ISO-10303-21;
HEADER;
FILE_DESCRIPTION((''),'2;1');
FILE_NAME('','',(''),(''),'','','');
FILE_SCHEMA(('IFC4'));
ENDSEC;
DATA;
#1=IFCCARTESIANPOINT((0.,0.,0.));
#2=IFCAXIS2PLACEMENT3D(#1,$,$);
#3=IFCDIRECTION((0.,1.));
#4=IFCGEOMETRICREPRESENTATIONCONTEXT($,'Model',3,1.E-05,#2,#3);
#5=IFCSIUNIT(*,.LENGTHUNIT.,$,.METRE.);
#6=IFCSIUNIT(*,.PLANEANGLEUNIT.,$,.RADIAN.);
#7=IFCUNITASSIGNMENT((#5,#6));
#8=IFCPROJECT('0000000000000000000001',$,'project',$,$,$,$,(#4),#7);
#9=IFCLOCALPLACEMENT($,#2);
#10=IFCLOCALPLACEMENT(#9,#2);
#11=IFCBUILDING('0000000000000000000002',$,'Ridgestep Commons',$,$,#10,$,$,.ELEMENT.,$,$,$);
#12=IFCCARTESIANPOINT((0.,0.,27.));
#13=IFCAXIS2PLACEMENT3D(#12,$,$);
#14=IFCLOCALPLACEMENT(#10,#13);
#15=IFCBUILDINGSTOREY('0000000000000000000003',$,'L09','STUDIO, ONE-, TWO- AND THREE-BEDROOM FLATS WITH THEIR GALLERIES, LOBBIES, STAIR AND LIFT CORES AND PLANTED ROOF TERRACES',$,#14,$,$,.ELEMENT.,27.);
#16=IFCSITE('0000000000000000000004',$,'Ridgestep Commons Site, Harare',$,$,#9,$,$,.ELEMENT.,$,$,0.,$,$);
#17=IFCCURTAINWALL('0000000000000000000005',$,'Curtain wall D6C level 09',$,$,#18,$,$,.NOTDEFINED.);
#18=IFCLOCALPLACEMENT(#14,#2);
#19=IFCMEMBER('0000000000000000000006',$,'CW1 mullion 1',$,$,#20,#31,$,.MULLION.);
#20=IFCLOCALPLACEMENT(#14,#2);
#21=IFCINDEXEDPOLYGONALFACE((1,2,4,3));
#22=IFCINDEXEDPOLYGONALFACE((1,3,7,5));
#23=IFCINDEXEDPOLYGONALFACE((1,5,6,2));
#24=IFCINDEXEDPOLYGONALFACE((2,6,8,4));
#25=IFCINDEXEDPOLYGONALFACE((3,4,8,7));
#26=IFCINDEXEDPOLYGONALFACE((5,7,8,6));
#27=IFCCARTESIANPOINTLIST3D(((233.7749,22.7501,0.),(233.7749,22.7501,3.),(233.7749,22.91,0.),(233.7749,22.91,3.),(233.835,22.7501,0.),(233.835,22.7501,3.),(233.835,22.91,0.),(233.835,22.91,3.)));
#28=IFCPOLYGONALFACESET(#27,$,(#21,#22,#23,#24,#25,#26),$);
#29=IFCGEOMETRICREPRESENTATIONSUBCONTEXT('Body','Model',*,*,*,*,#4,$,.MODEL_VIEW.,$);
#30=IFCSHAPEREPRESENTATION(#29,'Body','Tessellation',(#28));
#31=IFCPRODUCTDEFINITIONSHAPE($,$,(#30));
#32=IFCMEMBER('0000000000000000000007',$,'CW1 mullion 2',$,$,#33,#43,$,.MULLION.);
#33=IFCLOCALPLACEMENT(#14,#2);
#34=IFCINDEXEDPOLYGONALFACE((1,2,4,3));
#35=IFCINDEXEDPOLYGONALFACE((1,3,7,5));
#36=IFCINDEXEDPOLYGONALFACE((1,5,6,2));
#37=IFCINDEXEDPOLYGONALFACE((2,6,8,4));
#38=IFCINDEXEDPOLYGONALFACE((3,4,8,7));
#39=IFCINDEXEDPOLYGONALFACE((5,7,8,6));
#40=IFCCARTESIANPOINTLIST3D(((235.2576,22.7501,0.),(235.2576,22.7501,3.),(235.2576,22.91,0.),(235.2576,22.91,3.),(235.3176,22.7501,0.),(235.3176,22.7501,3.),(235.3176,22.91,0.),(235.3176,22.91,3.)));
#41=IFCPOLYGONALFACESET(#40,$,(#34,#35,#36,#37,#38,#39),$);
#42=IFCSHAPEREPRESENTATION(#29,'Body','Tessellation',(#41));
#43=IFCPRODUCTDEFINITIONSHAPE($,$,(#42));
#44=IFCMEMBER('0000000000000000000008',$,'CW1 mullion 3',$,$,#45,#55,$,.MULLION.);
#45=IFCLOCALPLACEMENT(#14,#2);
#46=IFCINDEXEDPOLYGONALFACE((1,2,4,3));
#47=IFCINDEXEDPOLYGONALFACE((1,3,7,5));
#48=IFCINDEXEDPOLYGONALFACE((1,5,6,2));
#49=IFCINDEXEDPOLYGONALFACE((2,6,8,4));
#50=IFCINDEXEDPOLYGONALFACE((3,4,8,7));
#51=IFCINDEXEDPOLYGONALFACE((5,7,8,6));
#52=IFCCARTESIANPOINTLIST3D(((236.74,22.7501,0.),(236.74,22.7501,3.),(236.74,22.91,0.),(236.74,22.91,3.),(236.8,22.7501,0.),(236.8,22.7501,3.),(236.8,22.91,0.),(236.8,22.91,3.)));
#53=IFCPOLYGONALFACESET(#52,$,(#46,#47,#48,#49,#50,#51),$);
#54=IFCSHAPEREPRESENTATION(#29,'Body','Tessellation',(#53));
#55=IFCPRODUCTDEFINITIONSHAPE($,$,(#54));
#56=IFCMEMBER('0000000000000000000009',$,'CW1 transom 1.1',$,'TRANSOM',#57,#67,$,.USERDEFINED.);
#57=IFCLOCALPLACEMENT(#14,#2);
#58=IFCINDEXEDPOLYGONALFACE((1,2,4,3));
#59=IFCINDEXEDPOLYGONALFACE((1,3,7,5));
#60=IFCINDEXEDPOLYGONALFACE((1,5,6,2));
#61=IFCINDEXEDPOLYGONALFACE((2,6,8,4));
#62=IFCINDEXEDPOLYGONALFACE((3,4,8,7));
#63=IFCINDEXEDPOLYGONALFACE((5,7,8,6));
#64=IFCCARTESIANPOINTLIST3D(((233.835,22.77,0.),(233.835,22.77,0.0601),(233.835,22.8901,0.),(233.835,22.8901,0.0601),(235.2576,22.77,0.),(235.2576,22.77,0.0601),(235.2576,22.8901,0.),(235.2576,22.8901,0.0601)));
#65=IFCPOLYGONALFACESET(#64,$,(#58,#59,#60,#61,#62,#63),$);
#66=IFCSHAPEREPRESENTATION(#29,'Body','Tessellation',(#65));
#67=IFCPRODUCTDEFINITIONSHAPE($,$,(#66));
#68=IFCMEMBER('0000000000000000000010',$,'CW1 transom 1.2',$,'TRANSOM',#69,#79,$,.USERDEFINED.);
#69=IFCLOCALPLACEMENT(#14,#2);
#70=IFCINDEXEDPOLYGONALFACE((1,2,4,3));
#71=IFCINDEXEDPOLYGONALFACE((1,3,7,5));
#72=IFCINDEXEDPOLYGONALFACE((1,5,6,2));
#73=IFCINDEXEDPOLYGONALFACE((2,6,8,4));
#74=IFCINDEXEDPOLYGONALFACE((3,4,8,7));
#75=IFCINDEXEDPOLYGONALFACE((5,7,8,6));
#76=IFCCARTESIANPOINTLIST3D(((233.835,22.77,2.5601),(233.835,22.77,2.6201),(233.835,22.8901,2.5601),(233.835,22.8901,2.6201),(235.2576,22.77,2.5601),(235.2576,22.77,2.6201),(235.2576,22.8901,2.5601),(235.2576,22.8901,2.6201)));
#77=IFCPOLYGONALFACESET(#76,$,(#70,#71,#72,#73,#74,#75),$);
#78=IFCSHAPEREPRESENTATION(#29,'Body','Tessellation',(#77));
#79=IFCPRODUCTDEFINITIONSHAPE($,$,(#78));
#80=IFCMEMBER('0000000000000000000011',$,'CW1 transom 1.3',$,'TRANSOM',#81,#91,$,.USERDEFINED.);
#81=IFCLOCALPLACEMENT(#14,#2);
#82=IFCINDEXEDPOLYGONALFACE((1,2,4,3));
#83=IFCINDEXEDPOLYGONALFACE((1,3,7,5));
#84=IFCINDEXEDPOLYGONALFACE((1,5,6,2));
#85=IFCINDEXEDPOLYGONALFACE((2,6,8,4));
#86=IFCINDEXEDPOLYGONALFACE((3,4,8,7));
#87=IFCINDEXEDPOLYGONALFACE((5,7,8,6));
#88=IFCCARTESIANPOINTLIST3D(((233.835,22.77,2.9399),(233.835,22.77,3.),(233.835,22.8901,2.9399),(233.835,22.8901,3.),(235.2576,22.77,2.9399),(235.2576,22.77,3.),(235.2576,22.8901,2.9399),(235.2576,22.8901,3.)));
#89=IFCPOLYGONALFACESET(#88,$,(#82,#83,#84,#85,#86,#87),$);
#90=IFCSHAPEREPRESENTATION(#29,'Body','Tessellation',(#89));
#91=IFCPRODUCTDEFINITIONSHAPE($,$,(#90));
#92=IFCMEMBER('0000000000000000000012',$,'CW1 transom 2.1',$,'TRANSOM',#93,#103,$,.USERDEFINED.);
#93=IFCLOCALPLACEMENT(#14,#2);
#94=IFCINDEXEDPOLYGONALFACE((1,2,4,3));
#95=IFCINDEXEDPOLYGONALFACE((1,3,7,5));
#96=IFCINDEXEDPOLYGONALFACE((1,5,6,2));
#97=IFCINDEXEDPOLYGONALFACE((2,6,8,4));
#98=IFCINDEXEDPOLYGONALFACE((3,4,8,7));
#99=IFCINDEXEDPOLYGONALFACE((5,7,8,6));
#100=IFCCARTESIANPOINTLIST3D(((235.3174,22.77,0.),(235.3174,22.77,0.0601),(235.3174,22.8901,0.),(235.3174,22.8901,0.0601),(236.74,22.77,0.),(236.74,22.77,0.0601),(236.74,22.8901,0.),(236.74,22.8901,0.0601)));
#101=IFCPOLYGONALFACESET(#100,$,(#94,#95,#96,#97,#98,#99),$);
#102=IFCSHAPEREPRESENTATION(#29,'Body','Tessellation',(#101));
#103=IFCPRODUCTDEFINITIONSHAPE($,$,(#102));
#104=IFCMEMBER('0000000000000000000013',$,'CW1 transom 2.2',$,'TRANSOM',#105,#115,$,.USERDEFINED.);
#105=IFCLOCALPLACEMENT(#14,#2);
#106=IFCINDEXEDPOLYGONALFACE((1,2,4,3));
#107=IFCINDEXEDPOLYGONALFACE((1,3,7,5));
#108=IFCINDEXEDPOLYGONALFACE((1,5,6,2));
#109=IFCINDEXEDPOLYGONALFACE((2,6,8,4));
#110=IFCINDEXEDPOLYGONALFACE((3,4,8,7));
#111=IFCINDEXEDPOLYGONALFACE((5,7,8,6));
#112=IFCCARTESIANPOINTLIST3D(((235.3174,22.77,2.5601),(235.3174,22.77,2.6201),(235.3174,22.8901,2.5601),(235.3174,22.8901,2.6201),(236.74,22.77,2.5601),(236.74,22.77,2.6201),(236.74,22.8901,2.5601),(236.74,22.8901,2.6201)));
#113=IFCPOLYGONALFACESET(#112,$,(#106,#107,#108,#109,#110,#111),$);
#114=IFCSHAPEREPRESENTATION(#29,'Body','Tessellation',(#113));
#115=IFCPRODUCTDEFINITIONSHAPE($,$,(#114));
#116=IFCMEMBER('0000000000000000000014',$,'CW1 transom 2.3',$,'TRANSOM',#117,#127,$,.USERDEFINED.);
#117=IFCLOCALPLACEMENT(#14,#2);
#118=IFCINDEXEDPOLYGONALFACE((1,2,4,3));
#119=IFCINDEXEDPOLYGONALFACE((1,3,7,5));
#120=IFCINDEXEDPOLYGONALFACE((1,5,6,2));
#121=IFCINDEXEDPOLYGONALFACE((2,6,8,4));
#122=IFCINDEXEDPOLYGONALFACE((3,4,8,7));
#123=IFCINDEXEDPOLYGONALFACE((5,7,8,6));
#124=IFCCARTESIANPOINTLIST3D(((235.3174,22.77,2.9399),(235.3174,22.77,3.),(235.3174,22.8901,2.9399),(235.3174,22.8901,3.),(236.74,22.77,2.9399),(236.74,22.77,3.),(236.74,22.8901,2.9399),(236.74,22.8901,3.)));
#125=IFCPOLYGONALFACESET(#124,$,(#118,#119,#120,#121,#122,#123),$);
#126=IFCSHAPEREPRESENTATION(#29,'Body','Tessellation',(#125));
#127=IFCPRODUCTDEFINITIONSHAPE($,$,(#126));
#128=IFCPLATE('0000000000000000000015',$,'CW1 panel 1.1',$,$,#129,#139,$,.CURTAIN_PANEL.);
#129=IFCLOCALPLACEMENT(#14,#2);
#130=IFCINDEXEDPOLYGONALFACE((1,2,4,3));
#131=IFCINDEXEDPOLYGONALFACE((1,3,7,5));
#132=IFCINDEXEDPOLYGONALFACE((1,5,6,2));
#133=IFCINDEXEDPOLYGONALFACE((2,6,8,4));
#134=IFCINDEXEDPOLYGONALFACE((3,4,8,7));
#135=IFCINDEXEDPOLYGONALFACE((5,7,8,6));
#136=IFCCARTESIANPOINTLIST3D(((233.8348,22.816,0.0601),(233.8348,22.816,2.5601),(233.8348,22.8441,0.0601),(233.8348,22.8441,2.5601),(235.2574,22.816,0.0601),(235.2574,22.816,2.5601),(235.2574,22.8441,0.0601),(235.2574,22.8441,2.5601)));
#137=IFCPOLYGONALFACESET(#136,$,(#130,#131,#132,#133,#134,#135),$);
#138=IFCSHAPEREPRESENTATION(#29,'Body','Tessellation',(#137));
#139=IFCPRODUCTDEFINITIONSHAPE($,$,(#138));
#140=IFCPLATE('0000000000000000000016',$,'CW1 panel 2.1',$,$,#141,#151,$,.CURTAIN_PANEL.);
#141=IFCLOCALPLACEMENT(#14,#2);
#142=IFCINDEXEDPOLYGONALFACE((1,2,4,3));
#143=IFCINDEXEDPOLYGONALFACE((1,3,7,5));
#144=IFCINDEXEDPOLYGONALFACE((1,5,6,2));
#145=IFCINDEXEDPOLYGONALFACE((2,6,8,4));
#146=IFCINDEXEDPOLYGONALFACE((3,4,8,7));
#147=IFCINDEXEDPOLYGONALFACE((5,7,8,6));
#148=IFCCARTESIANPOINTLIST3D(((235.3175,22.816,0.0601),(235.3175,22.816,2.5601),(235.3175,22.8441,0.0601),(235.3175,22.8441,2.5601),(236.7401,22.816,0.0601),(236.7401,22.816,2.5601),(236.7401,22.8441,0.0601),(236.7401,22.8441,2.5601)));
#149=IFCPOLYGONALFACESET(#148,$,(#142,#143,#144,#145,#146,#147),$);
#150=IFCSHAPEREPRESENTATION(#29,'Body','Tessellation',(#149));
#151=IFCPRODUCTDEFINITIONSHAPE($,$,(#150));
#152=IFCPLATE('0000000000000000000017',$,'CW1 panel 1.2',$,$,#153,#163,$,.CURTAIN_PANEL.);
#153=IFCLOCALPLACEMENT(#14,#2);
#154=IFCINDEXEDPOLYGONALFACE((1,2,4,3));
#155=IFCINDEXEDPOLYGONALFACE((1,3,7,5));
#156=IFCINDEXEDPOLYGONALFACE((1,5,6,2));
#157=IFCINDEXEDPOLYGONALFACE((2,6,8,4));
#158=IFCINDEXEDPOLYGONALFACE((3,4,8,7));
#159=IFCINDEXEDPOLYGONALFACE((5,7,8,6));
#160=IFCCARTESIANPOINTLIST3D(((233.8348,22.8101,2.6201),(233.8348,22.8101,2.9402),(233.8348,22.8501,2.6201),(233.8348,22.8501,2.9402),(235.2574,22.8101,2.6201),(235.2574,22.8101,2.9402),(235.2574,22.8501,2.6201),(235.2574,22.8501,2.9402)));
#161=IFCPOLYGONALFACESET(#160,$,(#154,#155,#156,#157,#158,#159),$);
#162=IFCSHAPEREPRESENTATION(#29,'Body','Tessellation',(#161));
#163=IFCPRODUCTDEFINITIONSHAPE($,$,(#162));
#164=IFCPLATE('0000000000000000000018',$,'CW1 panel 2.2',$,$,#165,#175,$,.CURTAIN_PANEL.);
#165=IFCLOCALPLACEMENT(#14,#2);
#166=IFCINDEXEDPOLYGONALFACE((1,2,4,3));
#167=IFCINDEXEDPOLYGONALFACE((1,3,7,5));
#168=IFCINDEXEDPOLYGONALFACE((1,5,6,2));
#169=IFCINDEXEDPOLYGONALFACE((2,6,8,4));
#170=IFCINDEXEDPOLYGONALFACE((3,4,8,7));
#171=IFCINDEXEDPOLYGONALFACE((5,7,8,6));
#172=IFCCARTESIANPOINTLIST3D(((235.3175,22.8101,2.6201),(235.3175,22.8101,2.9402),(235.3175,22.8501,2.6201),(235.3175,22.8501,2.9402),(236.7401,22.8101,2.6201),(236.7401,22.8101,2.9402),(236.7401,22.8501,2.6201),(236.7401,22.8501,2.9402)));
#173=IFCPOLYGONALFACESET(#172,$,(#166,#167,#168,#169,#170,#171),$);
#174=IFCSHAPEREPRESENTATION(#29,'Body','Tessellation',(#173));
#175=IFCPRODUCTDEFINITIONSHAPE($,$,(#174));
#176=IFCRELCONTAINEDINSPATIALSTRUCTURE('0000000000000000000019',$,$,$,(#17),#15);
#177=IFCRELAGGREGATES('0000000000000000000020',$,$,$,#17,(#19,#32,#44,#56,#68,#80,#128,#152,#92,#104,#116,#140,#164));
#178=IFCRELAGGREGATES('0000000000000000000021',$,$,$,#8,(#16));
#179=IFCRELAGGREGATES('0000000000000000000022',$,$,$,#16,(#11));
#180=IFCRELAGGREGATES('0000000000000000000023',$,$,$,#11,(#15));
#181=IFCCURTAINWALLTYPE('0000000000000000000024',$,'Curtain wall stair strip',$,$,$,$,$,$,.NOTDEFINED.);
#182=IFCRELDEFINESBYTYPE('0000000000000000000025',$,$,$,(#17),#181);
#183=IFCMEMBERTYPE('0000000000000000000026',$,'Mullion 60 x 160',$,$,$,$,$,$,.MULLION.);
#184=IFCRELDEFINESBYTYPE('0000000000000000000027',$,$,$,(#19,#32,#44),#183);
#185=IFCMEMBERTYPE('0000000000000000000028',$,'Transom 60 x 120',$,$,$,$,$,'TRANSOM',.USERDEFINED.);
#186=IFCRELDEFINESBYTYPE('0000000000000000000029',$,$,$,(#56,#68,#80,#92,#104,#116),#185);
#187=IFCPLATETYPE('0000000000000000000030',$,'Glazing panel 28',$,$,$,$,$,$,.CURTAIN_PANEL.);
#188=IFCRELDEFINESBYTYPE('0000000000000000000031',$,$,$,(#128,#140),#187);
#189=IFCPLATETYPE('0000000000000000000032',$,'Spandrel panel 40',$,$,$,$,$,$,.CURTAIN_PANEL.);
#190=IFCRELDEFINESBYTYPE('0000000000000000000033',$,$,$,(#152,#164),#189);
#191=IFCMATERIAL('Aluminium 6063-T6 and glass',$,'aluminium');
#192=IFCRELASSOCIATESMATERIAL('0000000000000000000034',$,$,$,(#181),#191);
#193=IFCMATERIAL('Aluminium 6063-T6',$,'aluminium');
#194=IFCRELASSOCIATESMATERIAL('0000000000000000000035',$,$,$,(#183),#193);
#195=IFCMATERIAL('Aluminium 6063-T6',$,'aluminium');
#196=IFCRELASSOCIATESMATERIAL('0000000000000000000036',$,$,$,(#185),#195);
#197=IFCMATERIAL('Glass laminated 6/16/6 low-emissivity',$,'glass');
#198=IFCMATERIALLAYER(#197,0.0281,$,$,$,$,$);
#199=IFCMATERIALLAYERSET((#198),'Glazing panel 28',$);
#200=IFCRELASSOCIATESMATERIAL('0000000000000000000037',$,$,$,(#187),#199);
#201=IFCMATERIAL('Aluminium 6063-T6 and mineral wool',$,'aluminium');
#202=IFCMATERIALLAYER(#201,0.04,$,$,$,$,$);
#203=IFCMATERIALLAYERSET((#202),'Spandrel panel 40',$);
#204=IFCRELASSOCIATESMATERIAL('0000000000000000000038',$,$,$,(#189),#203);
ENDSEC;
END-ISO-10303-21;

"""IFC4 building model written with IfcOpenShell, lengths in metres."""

from ifc_helpers import new_model, si_unit, direction, frame, origin, origin_2d, place, context, subcontext, project, spatial, rectangle, extrude, material, layer, layer_set, material_profile, profile_set, type_object, element, aggregate, save


model = new_model("IFC4")

# Units and contexts
model_context = context("Model", 3, precision=1e-05, world=origin(), true_north=direction((0.0, 1.0)))
body_context = subcontext(model_context, "Body", "Model", "MODEL_VIEW")
ifc_project = project(units=[si_unit("LENGTHUNIT", "METRE"), si_unit("PLANEANGLEUNIT", "RADIAN")], contexts=[model_context])

# Site, building, storey
site_placement = place(None, origin())
site = spatial("IfcSite", under=ifc_project, at=site_placement, Name="Ridgestep Commons Site, Harare", CompositionType="ELEMENT", RefElevation=0.0)
building_placement = place(site_placement, origin())
building = spatial("IfcBuilding", under=site, at=building_placement, Name="Ridgestep Commons", CompositionType="ELEMENT")
storey_placement = place(building_placement, frame((0.0, 0.0, 27.0)))
storey = spatial("IfcBuildingStorey", under=building, at=storey_placement, Name="L09", Description="STUDIO, ONE-, TWO- AND THREE-BEDROOM FLATS WITH THEIR GALLERIES, LOBBIES, STAIR AND LIFT CORES AND PLANTED ROOF TERRACES", CompositionType="ELEMENT", Elevation=27.0)

# Curtain wall, members, plates
ifc_material_1 = material(Name="Aluminium 6063-T6 and glass", Category="aluminium")
curtain_wall_type = type_object("IfcCurtainWallType", Name="Curtain wall stair strip", PredefinedType="NOTDEFINED", material=ifc_material_1)
curtain_wall_placement = place(storey_placement, origin())
curtain_wall = element("IfcCurtainWall", 1, at=curtain_wall_placement, inside=storey, type_object=curtain_wall_type, Name="Curtain wall D6C level 09", PredefinedType="NOTDEFINED")
ifc_material_2 = material(Name="Aluminium 6063-T6", Category="aluminium")
ifc_material_profile_1 = material_profile(ifc_material_2, rectangle(XDim=0.1599, YDim=0.0601, at=origin_2d()), Name="Mullion 60 x 160")
ifc_profile_set_1 = profile_set([ifc_material_profile_1], Name="Aluminium 6063-T6")
member_type_1 = type_object("IfcMemberType", Name="Mullion 60 x 160", PredefinedType="MULLION", material=ifc_profile_set_1)
member_1_placement = place(storey_placement, frame((233.8049, 22.8301, 0.0), z_axis=(0.0, 0.0, 1.0), x_axis=(0.0, 1.0, 0.0)))
member_1 = element("IfcMember", 2, at=member_1_placement, type_object=member_type_1, Name="CW1 mullion 1", PredefinedType="MULLION", context=body_context, shape_type="SweptSolid", body=[
    extrude(rectangle(XDim=0.1599, YDim=0.0601, at=origin_2d()), origin(), (0.0, 0.0, 1.0), 3.0),
])
member_2_placement = place(storey_placement, frame((235.2876, 22.8301, 0.0), z_axis=(0.0, 0.0, 1.0), x_axis=(0.0, 1.0, 0.0)))
member_2 = element("IfcMember", 3, at=member_2_placement, type_object=member_type_1, Name="CW1 mullion 2", PredefinedType="MULLION", context=body_context, shape_type="SweptSolid", body=[
    extrude(rectangle(XDim=0.1599, YDim=0.0601, at=origin_2d()), origin(), (0.0, 0.0, 1.0), 3.0),
])
member_3_placement = place(storey_placement, frame((236.77, 22.8301, 0.0), z_axis=(0.0, 0.0, 1.0), x_axis=(0.0, 1.0, 0.0)))
member_3 = element("IfcMember", 4, at=member_3_placement, type_object=member_type_1, Name="CW1 mullion 3", PredefinedType="MULLION", context=body_context, shape_type="SweptSolid", body=[
    extrude(rectangle(XDim=0.1599, YDim=0.0601, at=origin_2d()), origin(), (0.0, 0.0, 1.0), 3.0),
])
ifc_material_3 = material(Name="Aluminium 6063-T6", Category="aluminium")
ifc_material_profile_2 = material_profile(ifc_material_3, rectangle(XDim=0.1201, YDim=0.0601, at=origin_2d()), Name="Transom 60 x 120")
ifc_profile_set_2 = profile_set([ifc_material_profile_2], Name="Aluminium 6063-T6")
member_type_2 = type_object("IfcMemberType", Name="Transom 60 x 120", ElementType="TRANSOM", PredefinedType="USERDEFINED", material=ifc_profile_set_2)
member_4_placement = place(storey_placement, frame((233.835, 22.8301, 0.03), z_axis=(1.0, 0.0, 0.0), x_axis=(0.0, 1.0, 0.0)))
member_4 = element("IfcMember", 5, at=member_4_placement, type_object=member_type_2, Name="CW1 transom 1.1", ObjectType="TRANSOM", PredefinedType="USERDEFINED", context=body_context, shape_type="SweptSolid", body=[
    extrude(rectangle(XDim=0.1201, YDim=0.0601, at=origin_2d()), origin(), (0.0, 0.0, 1.0), 1.4226),
])
member_5_placement = place(storey_placement, frame((233.835, 22.8301, 2.5901), z_axis=(1.0, 0.0, 0.0), x_axis=(0.0, 1.0, 0.0)))
member_5 = element("IfcMember", 6, at=member_5_placement, type_object=member_type_2, Name="CW1 transom 1.2", ObjectType="TRANSOM", PredefinedType="USERDEFINED", context=body_context, shape_type="SweptSolid", body=[
    extrude(rectangle(XDim=0.1201, YDim=0.0601, at=origin_2d()), origin(), (0.0, 0.0, 1.0), 1.4226),
])
member_6_placement = place(storey_placement, frame((233.835, 22.8301, 2.97), z_axis=(1.0, 0.0, 0.0), x_axis=(0.0, 1.0, 0.0)))
member_6 = element("IfcMember", 7, at=member_6_placement, type_object=member_type_2, Name="CW1 transom 1.3", ObjectType="TRANSOM", PredefinedType="USERDEFINED", context=body_context, shape_type="SweptSolid", body=[
    extrude(rectangle(XDim=0.1201, YDim=0.0601, at=origin_2d()), origin(), (0.0, 0.0, 1.0), 1.4226),
])
member_7_placement = place(storey_placement, frame((235.3174, 22.8301, 0.03), z_axis=(1.0, 0.0, 0.0), x_axis=(0.0, 1.0, 0.0)))
member_7 = element("IfcMember", 8, at=member_7_placement, type_object=member_type_2, Name="CW1 transom 2.1", ObjectType="TRANSOM", PredefinedType="USERDEFINED", context=body_context, shape_type="SweptSolid", body=[
    extrude(rectangle(XDim=0.1201, YDim=0.0601, at=origin_2d()), origin(), (0.0, 0.0, 1.0), 1.4226),
])
member_8_placement = place(storey_placement, frame((235.3174, 22.8301, 2.5901), z_axis=(1.0, 0.0, 0.0), x_axis=(0.0, 1.0, 0.0)))
member_8 = element("IfcMember", 9, at=member_8_placement, type_object=member_type_2, Name="CW1 transom 2.2", ObjectType="TRANSOM", PredefinedType="USERDEFINED", context=body_context, shape_type="SweptSolid", body=[
    extrude(rectangle(XDim=0.1201, YDim=0.0601, at=origin_2d()), origin(), (0.0, 0.0, 1.0), 1.4226),
])
member_9_placement = place(storey_placement, frame((235.3174, 22.8301, 2.97), z_axis=(1.0, 0.0, 0.0), x_axis=(0.0, 1.0, 0.0)))
member_9 = element("IfcMember", 10, at=member_9_placement, type_object=member_type_2, Name="CW1 transom 2.3", ObjectType="TRANSOM", PredefinedType="USERDEFINED", context=body_context, shape_type="SweptSolid", body=[
    extrude(rectangle(XDim=0.1201, YDim=0.0601, at=origin_2d()), origin(), (0.0, 0.0, 1.0), 1.4226),
])
ifc_material_4 = material(Name="Glass laminated 6/16/6 low-emissivity", Category="glass")
ifc_layer_1 = layer(ifc_material_4, 0.0281)
ifc_layer_set_1 = layer_set([ifc_layer_1], Name="Glazing panel 28")
plate_type_1 = type_object("IfcPlateType", Name="Glazing panel 28", PredefinedType="CURTAIN_PANEL", material=ifc_layer_set_1)
plate_1_placement = place(storey_placement, frame((234.5461, 22.8301, 0.0601), z_axis=(0.0, 0.0, 1.0), x_axis=(1.0, 0.0, 0.0)))
plate_1 = element("IfcPlate", 11, at=plate_1_placement, type_object=plate_type_1, Name="CW1 panel 1.1", PredefinedType="CURTAIN_PANEL", context=body_context, shape_type="SweptSolid", body=[
    extrude(rectangle(XDim=1.4226, YDim=0.0281, at=origin_2d()), origin(), (0.0, 0.0, 1.0), 2.5),
])
plate_2_placement = place(storey_placement, frame((236.0288, 22.8301, 0.0601), z_axis=(0.0, 0.0, 1.0), x_axis=(1.0, 0.0, 0.0)))
plate_2 = element("IfcPlate", 12, at=plate_2_placement, type_object=plate_type_1, Name="CW1 panel 2.1", PredefinedType="CURTAIN_PANEL", context=body_context, shape_type="SweptSolid", body=[
    extrude(rectangle(XDim=1.4226, YDim=0.0281, at=origin_2d()), origin(), (0.0, 0.0, 1.0), 2.5),
])
ifc_material_5 = material(Name="Aluminium 6063-T6 and mineral wool", Category="aluminium")
ifc_layer_2 = layer(ifc_material_5, 0.04)
ifc_layer_set_2 = layer_set([ifc_layer_2], Name="Spandrel panel 40")
plate_type_2 = type_object("IfcPlateType", Name="Spandrel panel 40", PredefinedType="CURTAIN_PANEL", material=ifc_layer_set_2)
plate_3_placement = place(storey_placement, frame((234.5461, 22.8301, 2.6201), z_axis=(0.0, 0.0, 1.0), x_axis=(1.0, 0.0, 0.0)))
plate_3 = element("IfcPlate", 13, at=plate_3_placement, type_object=plate_type_2, Name="CW1 panel 1.2", PredefinedType="CURTAIN_PANEL", context=body_context, shape_type="SweptSolid", body=[
    extrude(rectangle(XDim=1.4226, YDim=0.04, at=origin_2d()), origin(), (0.0, 0.0, 1.0), 0.3201),
])
plate_4_placement = place(storey_placement, frame((236.0288, 22.8301, 2.6201), z_axis=(0.0, 0.0, 1.0), x_axis=(1.0, 0.0, 0.0)))
plate_4 = element("IfcPlate", 14, at=plate_4_placement, type_object=plate_type_2, Name="CW1 panel 2.2", PredefinedType="CURTAIN_PANEL", context=body_context, shape_type="SweptSolid", body=[
    extrude(rectangle(XDim=1.4226, YDim=0.04, at=origin_2d()), origin(), (0.0, 0.0, 1.0), 0.3201),
])
aggregate(curtain_wall, [member_1, member_2, member_3, member_4, member_5, member_6, plate_1, plate_3, member_7, member_8, member_9, plate_2, plate_4])

save(model, "model.ifc")
